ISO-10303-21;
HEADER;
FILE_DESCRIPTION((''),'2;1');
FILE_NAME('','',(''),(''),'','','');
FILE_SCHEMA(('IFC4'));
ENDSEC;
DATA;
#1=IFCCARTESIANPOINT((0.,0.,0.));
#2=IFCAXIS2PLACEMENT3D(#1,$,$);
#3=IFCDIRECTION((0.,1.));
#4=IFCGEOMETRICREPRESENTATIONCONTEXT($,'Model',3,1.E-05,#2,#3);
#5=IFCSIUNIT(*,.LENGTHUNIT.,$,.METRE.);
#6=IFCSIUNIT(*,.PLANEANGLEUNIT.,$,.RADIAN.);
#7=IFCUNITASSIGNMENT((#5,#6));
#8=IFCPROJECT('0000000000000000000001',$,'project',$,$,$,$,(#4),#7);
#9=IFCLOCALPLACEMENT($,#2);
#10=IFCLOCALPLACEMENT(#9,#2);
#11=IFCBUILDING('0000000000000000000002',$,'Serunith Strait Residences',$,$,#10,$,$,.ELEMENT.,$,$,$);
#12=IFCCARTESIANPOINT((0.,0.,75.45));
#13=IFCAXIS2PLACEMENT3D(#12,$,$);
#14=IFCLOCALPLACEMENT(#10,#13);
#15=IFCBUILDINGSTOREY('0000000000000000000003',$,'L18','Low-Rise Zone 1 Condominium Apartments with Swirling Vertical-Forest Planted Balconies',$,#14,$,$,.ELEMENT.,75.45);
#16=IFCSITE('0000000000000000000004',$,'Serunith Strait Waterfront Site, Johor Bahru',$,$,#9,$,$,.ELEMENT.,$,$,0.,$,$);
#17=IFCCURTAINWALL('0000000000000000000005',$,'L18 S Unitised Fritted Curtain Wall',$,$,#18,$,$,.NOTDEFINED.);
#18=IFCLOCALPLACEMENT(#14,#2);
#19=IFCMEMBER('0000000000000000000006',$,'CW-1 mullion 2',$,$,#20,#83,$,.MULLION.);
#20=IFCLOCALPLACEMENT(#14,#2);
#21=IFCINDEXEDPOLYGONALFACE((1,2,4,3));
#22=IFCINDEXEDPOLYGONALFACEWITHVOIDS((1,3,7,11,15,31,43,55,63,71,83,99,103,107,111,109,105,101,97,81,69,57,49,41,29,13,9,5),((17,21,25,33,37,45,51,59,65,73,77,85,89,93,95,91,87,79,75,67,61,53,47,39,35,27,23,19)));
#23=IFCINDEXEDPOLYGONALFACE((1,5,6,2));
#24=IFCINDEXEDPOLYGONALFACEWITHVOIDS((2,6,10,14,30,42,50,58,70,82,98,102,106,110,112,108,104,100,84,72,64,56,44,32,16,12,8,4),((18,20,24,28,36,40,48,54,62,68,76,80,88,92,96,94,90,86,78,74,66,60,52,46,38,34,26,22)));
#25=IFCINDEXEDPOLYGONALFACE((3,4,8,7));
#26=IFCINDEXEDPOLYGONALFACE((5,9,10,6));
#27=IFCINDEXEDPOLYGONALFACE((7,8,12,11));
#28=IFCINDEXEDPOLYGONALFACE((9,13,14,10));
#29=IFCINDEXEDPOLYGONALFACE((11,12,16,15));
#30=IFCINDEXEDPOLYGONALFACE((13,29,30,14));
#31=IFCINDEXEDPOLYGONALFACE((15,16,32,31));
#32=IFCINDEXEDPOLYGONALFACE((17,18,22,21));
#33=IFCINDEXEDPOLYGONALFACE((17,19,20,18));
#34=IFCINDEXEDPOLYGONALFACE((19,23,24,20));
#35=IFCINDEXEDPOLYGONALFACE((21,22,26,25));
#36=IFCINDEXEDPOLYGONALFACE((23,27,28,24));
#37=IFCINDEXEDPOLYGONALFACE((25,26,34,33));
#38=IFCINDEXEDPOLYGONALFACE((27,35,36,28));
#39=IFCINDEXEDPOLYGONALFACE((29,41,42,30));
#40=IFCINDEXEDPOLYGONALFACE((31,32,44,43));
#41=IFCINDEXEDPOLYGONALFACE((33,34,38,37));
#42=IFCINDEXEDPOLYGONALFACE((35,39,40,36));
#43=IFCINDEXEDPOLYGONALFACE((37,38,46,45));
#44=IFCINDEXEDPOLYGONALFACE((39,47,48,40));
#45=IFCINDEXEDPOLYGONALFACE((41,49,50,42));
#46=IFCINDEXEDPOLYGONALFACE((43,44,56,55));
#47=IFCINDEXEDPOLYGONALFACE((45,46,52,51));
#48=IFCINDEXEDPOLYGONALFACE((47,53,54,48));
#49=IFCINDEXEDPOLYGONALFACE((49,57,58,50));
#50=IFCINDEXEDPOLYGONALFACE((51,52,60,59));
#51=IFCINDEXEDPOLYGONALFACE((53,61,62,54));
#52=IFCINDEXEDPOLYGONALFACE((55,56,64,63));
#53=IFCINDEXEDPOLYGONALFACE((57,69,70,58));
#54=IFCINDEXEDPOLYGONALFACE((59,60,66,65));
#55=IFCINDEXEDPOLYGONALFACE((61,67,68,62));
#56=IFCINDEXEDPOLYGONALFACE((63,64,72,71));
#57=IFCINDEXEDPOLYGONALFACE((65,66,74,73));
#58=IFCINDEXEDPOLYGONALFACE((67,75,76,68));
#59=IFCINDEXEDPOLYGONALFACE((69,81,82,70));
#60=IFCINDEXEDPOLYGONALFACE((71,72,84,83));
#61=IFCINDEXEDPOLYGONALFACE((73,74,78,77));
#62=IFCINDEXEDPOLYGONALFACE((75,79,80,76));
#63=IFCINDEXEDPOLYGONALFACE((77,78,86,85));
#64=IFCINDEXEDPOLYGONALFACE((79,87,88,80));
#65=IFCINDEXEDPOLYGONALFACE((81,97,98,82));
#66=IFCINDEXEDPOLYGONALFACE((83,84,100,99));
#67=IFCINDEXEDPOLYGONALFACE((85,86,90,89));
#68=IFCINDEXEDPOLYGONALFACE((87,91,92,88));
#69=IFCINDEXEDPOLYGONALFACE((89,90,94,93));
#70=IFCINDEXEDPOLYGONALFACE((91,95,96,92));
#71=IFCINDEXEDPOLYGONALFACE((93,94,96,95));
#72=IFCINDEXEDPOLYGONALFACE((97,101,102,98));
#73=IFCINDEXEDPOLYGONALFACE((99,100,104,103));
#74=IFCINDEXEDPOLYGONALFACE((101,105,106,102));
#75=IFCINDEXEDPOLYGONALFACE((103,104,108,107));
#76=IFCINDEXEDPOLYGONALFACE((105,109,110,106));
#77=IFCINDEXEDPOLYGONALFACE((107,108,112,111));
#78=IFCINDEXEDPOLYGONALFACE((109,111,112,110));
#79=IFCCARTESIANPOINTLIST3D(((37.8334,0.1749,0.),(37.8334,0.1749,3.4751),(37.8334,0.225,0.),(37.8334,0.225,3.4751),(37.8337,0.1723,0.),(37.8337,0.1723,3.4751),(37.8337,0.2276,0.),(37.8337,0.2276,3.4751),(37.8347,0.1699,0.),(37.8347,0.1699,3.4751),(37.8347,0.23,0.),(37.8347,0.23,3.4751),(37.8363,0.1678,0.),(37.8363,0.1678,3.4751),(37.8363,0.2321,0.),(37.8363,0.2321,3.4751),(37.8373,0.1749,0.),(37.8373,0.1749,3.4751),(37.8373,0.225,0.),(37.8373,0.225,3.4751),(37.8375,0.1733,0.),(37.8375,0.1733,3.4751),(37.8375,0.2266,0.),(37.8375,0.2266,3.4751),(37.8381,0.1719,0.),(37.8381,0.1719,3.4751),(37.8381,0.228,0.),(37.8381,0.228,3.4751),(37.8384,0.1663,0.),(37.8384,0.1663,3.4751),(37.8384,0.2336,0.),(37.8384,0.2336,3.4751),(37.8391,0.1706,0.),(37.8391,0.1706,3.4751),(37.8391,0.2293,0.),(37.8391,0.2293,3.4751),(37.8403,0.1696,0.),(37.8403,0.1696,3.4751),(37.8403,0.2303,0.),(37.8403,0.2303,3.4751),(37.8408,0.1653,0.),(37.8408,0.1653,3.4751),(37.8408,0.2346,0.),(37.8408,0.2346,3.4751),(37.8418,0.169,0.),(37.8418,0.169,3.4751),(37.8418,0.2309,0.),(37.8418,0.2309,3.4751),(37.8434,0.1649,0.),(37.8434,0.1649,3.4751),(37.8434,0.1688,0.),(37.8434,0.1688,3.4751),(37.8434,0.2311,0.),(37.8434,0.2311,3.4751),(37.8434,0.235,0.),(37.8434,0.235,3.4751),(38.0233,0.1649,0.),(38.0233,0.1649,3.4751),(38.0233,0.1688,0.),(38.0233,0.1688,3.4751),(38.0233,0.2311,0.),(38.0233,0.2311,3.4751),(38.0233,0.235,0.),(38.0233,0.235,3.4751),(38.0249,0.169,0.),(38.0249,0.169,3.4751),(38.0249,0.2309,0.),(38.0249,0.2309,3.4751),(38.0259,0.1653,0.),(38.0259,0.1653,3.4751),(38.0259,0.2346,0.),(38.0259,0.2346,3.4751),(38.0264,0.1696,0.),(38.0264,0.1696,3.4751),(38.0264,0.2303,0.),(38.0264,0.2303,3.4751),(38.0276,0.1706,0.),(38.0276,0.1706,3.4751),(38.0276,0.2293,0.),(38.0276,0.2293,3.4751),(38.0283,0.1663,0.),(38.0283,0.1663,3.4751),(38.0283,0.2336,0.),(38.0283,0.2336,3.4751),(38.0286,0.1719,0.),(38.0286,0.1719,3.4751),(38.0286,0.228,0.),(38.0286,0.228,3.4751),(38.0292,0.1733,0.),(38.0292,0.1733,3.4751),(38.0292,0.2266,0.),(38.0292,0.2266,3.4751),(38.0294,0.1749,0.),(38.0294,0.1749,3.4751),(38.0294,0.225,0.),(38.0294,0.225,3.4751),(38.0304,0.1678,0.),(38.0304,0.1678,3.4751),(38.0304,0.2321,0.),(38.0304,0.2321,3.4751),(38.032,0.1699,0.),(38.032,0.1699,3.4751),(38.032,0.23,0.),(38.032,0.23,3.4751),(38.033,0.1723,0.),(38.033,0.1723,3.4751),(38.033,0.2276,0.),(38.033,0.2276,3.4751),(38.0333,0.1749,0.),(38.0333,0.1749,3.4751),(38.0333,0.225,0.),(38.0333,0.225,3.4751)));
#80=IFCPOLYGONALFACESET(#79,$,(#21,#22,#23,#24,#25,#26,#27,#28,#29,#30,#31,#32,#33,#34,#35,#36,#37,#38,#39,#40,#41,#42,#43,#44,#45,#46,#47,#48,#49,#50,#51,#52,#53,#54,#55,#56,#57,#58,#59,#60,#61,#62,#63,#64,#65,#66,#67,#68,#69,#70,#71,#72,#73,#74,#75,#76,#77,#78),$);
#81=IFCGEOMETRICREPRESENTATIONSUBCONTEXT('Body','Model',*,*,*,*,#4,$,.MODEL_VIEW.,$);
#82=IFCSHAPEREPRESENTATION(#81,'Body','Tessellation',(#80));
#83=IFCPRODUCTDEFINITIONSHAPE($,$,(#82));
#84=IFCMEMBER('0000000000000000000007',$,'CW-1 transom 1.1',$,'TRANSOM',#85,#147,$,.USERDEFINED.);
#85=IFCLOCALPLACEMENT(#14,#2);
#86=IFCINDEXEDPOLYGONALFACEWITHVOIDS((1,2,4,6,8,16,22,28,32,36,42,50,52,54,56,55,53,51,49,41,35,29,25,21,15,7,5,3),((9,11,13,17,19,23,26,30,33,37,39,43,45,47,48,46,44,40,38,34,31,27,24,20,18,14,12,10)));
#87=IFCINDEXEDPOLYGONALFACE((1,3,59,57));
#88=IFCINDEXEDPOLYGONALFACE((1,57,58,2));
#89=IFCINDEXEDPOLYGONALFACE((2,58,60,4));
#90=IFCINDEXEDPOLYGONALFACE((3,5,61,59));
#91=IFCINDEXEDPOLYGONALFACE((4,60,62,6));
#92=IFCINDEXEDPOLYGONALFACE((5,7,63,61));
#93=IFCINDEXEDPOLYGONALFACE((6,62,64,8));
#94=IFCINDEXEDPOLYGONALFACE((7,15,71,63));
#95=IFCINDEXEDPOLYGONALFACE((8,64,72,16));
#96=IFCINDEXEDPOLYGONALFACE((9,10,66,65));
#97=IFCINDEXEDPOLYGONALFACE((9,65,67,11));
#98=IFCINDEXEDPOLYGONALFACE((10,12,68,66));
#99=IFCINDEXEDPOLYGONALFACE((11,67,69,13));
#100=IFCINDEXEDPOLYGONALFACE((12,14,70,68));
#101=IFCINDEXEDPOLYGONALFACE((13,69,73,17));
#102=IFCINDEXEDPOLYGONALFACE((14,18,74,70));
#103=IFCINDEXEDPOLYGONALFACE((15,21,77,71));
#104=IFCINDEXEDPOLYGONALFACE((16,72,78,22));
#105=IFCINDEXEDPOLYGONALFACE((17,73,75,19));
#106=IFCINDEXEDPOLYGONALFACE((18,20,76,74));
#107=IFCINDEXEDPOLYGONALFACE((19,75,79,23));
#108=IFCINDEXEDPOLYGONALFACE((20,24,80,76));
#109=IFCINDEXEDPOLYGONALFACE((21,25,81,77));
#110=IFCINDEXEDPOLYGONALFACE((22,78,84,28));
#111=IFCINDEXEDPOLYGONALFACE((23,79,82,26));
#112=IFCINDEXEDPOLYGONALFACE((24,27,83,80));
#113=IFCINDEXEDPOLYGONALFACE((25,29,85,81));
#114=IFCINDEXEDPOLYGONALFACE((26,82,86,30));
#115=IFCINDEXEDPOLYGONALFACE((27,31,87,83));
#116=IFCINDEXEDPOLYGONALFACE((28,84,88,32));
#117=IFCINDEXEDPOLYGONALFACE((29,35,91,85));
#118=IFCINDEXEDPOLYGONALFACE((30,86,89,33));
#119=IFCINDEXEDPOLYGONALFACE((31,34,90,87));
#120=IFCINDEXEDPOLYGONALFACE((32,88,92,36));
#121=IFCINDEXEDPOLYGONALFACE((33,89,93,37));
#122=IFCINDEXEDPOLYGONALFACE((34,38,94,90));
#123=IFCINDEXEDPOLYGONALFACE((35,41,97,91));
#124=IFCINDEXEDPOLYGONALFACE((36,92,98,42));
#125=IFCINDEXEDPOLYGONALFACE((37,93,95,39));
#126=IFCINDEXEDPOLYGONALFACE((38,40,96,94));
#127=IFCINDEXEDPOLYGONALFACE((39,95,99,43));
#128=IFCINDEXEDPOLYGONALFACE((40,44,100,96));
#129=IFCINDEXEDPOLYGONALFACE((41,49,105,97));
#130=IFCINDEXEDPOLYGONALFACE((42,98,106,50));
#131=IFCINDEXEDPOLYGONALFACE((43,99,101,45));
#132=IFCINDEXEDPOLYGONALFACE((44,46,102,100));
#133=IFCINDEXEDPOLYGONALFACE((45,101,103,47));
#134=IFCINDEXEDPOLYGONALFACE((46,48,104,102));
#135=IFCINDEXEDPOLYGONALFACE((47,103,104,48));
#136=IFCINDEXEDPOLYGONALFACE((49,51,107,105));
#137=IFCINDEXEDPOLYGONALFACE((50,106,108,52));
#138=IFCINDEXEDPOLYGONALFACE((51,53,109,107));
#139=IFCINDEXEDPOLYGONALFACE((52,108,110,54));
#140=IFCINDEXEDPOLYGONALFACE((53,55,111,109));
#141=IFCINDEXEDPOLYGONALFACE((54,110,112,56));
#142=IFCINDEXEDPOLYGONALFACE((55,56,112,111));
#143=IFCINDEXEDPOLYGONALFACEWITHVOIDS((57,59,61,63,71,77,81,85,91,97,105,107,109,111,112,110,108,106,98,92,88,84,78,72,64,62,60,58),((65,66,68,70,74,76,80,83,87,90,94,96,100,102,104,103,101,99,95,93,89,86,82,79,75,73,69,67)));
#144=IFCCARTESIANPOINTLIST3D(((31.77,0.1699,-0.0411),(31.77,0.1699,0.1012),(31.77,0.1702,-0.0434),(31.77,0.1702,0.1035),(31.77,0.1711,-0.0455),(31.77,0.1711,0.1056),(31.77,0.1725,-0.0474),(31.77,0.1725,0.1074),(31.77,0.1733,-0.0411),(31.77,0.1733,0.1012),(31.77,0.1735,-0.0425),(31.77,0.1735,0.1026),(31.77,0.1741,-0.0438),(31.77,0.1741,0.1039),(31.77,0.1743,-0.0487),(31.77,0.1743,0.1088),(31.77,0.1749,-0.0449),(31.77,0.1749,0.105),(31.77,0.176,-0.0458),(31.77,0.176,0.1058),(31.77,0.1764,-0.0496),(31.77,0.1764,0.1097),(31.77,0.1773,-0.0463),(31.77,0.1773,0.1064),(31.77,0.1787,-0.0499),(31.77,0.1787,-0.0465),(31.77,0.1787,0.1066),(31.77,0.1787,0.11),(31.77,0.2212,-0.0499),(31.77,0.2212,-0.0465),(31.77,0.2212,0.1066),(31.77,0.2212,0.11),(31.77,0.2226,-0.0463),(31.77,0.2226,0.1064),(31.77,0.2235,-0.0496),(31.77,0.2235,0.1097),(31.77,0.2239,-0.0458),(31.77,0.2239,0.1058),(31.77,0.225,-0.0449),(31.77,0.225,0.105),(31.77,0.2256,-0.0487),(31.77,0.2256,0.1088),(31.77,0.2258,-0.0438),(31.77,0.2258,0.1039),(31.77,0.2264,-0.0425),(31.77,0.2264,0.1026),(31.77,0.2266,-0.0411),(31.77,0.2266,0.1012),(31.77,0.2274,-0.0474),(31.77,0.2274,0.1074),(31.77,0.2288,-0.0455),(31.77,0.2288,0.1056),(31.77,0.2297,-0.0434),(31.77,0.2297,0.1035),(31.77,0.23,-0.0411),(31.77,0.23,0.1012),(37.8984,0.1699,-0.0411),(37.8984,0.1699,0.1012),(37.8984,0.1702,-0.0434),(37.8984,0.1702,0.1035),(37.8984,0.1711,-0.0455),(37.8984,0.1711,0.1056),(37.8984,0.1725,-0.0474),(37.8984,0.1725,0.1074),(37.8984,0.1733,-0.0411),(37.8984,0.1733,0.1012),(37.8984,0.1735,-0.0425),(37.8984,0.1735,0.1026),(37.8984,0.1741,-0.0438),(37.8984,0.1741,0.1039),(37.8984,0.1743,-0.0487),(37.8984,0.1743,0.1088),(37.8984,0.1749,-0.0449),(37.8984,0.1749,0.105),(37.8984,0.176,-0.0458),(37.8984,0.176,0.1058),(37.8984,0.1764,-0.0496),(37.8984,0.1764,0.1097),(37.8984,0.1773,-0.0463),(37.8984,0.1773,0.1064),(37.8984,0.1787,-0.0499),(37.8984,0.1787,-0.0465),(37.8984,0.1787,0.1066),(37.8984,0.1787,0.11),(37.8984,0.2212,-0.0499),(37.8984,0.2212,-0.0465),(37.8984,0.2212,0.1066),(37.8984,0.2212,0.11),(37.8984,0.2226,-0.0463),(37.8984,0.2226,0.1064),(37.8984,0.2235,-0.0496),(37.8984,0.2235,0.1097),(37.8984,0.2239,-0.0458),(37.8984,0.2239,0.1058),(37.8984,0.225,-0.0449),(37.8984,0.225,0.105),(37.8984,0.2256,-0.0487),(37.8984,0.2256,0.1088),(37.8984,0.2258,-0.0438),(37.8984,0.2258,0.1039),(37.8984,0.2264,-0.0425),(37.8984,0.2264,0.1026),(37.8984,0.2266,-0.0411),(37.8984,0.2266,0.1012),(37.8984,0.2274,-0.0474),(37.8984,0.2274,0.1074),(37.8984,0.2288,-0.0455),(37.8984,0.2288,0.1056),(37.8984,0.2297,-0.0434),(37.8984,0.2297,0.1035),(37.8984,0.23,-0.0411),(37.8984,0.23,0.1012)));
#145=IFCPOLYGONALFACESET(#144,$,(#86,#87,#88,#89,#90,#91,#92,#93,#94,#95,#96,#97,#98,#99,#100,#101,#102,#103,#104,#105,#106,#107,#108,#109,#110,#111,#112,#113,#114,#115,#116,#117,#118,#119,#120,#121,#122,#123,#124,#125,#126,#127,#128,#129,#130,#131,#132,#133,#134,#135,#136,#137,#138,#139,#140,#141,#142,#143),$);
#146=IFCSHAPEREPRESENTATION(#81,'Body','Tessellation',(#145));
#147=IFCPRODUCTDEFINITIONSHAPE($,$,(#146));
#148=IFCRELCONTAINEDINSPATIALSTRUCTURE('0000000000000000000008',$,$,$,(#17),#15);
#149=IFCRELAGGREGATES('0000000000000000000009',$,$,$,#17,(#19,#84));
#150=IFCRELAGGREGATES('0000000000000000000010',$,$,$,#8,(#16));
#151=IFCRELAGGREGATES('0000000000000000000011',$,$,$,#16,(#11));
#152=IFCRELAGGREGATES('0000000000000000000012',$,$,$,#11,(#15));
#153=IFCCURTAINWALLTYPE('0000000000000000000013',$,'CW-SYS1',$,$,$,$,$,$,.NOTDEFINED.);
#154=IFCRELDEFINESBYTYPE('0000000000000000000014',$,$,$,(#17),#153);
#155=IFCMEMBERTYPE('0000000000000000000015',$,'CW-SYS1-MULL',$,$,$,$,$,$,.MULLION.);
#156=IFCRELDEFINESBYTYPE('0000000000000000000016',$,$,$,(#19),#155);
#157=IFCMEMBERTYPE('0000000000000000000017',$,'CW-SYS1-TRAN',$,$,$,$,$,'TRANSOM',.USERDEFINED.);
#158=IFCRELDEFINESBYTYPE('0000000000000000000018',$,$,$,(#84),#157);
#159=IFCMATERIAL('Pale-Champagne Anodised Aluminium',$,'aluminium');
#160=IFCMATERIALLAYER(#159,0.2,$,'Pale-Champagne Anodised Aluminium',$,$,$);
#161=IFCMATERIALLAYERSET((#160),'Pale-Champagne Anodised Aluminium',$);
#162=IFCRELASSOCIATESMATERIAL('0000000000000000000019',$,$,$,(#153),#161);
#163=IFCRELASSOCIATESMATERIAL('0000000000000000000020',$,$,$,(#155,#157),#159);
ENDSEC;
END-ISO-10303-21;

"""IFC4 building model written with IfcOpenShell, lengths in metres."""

from ifc_helpers import new_model, si_unit, direction, frame, origin, origin_2d, place, context, subcontext, project, spatial, hollow_rectangle, extrude, source, transform, mapped, material, layer, layer_set, material_profile, profile_set, type_object, element, aggregate, save


model = new_model("IFC4")

# Units and contexts
model_context = context("Model", 3, precision=1e-05, world=origin(), true_north=direction((0.0, 1.0)))
body_context = subcontext(model_context, "Body", "Model", "MODEL_VIEW")
ifc_project = project(units=[si_unit("LENGTHUNIT", "METRE"), si_unit("PLANEANGLEUNIT", "RADIAN")], contexts=[model_context])

# Site, building, storey
site_placement = place(None, origin())
site = spatial("IfcSite", under=ifc_project, at=site_placement, Name="Serunith Strait Waterfront Site, Johor Bahru", CompositionType="ELEMENT", RefElevation=0.0)
building_placement = place(site_placement, origin())
building = spatial("IfcBuilding", under=site, at=building_placement, Name="Serunith Strait Residences", CompositionType="ELEMENT")
storey_placement = place(building_placement, frame((0.0, 0.0, 75.45)))
storey = spatial("IfcBuildingStorey", under=building, at=storey_placement, Name="L18", Description="Low-Rise Zone 1 Condominium Apartments with Swirling Vertical-Forest Planted Balconies", CompositionType="ELEMENT", Elevation=75.45)

# Curtain wall, members
ifc_material_1 = material(Name="Pale-Champagne Anodised Aluminium", Category="aluminium")
ifc_layer_1 = layer(ifc_material_1, 0.2, Name="Pale-Champagne Anodised Aluminium")
ifc_layer_set_1 = layer_set([ifc_layer_1], Name="Pale-Champagne Anodised Aluminium")
curtain_wall_type = type_object("IfcCurtainWallType", Name="CW-SYS1", PredefinedType="NOTDEFINED", material=ifc_layer_set_1)
curtain_wall_placement = place(storey_placement, origin())
curtain_wall = element("IfcCurtainWall", 1, at=curtain_wall_placement, inside=storey, type_object=curtain_wall_type, Name="L18 S Unitised Fritted Curtain Wall", PredefinedType="NOTDEFINED")
ifc_material_profile_1 = material_profile(ifc_material_1, hollow_rectangle(XDim=0.0701, YDim=0.2, WallThickness=0.0039, InnerFilletRadius=0.0061, OuterFilletRadius=0.01, at=origin_2d()), Name="ALU 200x70x4")
ifc_profile_set_1 = profile_set([ifc_material_profile_1], Name="Pale-Champagne Anodised Aluminium")
member_type_1 = type_object("IfcMemberType", Name="CW-SYS1-MULL", PredefinedType="MULLION", material=ifc_profile_set_1)
shared_shape_1 = source(origin(), body_context, "Body", "SweptSolid", [
    extrude(hollow_rectangle(XDim=0.0701, YDim=0.2, WallThickness=0.0039, InnerFilletRadius=0.0061, OuterFilletRadius=0.01, at=origin_2d()), origin(), (0.0, 0.0, 1.0), 3.4751),
])
member_1_placement = place(storey_placement, frame((37.9333, 0.2, 0.0), z_axis=(0.0, 0.0, 1.0), x_axis=(0.0, 1.0, 0.0)))
member_1 = element("IfcMember", 2, at=member_1_placement, type_object=member_type_1, Name="CW-1 mullion 2", PredefinedType="MULLION", context=body_context, shape_type="MappedRepresentation", body=[
    mapped(shared_shape_1, transform((0.0, 0.0, 0.0), scale=1.0)),
])
ifc_material_profile_2 = material_profile(ifc_material_1, hollow_rectangle(XDim=0.0601, YDim=0.1599, WallThickness=0.0034, InnerFilletRadius=0.0054, OuterFilletRadius=0.0088, at=origin_2d()), Name="ALU 160x60x3.5")
ifc_profile_set_2 = profile_set([ifc_material_profile_2], Name="Pale-Champagne Anodised Aluminium")
member_type_2 = type_object("IfcMemberType", Name="CW-SYS1-TRAN", ElementType="TRANSOM", PredefinedType="USERDEFINED", material=ifc_profile_set_2)
shared_shape_2 = source(origin(), body_context, "Body", "SweptSolid", [
    extrude(hollow_rectangle(XDim=0.0601, YDim=0.1599, WallThickness=0.0034, InnerFilletRadius=0.0054, OuterFilletRadius=0.0088, at=origin_2d()), origin(), (0.0, 0.0, 1.0), 6.1284),
])
member_2_placement = place(storey_placement, frame((31.77, 0.2, 0.03), z_axis=(1.0, 0.0, 0.0), x_axis=(0.0, 1.0, 0.0)))
member_2 = element("IfcMember", 3, at=member_2_placement, type_object=member_type_2, Name="CW-1 transom 1.1", ObjectType="TRANSOM", PredefinedType="USERDEFINED", context=body_context, shape_type="MappedRepresentation", body=[
    mapped(shared_shape_2, transform((0.0, 0.0, 0.0), scale=1.0)),
])
aggregate(curtain_wall, [member_1, member_2])

save(model, "model.ifc")
